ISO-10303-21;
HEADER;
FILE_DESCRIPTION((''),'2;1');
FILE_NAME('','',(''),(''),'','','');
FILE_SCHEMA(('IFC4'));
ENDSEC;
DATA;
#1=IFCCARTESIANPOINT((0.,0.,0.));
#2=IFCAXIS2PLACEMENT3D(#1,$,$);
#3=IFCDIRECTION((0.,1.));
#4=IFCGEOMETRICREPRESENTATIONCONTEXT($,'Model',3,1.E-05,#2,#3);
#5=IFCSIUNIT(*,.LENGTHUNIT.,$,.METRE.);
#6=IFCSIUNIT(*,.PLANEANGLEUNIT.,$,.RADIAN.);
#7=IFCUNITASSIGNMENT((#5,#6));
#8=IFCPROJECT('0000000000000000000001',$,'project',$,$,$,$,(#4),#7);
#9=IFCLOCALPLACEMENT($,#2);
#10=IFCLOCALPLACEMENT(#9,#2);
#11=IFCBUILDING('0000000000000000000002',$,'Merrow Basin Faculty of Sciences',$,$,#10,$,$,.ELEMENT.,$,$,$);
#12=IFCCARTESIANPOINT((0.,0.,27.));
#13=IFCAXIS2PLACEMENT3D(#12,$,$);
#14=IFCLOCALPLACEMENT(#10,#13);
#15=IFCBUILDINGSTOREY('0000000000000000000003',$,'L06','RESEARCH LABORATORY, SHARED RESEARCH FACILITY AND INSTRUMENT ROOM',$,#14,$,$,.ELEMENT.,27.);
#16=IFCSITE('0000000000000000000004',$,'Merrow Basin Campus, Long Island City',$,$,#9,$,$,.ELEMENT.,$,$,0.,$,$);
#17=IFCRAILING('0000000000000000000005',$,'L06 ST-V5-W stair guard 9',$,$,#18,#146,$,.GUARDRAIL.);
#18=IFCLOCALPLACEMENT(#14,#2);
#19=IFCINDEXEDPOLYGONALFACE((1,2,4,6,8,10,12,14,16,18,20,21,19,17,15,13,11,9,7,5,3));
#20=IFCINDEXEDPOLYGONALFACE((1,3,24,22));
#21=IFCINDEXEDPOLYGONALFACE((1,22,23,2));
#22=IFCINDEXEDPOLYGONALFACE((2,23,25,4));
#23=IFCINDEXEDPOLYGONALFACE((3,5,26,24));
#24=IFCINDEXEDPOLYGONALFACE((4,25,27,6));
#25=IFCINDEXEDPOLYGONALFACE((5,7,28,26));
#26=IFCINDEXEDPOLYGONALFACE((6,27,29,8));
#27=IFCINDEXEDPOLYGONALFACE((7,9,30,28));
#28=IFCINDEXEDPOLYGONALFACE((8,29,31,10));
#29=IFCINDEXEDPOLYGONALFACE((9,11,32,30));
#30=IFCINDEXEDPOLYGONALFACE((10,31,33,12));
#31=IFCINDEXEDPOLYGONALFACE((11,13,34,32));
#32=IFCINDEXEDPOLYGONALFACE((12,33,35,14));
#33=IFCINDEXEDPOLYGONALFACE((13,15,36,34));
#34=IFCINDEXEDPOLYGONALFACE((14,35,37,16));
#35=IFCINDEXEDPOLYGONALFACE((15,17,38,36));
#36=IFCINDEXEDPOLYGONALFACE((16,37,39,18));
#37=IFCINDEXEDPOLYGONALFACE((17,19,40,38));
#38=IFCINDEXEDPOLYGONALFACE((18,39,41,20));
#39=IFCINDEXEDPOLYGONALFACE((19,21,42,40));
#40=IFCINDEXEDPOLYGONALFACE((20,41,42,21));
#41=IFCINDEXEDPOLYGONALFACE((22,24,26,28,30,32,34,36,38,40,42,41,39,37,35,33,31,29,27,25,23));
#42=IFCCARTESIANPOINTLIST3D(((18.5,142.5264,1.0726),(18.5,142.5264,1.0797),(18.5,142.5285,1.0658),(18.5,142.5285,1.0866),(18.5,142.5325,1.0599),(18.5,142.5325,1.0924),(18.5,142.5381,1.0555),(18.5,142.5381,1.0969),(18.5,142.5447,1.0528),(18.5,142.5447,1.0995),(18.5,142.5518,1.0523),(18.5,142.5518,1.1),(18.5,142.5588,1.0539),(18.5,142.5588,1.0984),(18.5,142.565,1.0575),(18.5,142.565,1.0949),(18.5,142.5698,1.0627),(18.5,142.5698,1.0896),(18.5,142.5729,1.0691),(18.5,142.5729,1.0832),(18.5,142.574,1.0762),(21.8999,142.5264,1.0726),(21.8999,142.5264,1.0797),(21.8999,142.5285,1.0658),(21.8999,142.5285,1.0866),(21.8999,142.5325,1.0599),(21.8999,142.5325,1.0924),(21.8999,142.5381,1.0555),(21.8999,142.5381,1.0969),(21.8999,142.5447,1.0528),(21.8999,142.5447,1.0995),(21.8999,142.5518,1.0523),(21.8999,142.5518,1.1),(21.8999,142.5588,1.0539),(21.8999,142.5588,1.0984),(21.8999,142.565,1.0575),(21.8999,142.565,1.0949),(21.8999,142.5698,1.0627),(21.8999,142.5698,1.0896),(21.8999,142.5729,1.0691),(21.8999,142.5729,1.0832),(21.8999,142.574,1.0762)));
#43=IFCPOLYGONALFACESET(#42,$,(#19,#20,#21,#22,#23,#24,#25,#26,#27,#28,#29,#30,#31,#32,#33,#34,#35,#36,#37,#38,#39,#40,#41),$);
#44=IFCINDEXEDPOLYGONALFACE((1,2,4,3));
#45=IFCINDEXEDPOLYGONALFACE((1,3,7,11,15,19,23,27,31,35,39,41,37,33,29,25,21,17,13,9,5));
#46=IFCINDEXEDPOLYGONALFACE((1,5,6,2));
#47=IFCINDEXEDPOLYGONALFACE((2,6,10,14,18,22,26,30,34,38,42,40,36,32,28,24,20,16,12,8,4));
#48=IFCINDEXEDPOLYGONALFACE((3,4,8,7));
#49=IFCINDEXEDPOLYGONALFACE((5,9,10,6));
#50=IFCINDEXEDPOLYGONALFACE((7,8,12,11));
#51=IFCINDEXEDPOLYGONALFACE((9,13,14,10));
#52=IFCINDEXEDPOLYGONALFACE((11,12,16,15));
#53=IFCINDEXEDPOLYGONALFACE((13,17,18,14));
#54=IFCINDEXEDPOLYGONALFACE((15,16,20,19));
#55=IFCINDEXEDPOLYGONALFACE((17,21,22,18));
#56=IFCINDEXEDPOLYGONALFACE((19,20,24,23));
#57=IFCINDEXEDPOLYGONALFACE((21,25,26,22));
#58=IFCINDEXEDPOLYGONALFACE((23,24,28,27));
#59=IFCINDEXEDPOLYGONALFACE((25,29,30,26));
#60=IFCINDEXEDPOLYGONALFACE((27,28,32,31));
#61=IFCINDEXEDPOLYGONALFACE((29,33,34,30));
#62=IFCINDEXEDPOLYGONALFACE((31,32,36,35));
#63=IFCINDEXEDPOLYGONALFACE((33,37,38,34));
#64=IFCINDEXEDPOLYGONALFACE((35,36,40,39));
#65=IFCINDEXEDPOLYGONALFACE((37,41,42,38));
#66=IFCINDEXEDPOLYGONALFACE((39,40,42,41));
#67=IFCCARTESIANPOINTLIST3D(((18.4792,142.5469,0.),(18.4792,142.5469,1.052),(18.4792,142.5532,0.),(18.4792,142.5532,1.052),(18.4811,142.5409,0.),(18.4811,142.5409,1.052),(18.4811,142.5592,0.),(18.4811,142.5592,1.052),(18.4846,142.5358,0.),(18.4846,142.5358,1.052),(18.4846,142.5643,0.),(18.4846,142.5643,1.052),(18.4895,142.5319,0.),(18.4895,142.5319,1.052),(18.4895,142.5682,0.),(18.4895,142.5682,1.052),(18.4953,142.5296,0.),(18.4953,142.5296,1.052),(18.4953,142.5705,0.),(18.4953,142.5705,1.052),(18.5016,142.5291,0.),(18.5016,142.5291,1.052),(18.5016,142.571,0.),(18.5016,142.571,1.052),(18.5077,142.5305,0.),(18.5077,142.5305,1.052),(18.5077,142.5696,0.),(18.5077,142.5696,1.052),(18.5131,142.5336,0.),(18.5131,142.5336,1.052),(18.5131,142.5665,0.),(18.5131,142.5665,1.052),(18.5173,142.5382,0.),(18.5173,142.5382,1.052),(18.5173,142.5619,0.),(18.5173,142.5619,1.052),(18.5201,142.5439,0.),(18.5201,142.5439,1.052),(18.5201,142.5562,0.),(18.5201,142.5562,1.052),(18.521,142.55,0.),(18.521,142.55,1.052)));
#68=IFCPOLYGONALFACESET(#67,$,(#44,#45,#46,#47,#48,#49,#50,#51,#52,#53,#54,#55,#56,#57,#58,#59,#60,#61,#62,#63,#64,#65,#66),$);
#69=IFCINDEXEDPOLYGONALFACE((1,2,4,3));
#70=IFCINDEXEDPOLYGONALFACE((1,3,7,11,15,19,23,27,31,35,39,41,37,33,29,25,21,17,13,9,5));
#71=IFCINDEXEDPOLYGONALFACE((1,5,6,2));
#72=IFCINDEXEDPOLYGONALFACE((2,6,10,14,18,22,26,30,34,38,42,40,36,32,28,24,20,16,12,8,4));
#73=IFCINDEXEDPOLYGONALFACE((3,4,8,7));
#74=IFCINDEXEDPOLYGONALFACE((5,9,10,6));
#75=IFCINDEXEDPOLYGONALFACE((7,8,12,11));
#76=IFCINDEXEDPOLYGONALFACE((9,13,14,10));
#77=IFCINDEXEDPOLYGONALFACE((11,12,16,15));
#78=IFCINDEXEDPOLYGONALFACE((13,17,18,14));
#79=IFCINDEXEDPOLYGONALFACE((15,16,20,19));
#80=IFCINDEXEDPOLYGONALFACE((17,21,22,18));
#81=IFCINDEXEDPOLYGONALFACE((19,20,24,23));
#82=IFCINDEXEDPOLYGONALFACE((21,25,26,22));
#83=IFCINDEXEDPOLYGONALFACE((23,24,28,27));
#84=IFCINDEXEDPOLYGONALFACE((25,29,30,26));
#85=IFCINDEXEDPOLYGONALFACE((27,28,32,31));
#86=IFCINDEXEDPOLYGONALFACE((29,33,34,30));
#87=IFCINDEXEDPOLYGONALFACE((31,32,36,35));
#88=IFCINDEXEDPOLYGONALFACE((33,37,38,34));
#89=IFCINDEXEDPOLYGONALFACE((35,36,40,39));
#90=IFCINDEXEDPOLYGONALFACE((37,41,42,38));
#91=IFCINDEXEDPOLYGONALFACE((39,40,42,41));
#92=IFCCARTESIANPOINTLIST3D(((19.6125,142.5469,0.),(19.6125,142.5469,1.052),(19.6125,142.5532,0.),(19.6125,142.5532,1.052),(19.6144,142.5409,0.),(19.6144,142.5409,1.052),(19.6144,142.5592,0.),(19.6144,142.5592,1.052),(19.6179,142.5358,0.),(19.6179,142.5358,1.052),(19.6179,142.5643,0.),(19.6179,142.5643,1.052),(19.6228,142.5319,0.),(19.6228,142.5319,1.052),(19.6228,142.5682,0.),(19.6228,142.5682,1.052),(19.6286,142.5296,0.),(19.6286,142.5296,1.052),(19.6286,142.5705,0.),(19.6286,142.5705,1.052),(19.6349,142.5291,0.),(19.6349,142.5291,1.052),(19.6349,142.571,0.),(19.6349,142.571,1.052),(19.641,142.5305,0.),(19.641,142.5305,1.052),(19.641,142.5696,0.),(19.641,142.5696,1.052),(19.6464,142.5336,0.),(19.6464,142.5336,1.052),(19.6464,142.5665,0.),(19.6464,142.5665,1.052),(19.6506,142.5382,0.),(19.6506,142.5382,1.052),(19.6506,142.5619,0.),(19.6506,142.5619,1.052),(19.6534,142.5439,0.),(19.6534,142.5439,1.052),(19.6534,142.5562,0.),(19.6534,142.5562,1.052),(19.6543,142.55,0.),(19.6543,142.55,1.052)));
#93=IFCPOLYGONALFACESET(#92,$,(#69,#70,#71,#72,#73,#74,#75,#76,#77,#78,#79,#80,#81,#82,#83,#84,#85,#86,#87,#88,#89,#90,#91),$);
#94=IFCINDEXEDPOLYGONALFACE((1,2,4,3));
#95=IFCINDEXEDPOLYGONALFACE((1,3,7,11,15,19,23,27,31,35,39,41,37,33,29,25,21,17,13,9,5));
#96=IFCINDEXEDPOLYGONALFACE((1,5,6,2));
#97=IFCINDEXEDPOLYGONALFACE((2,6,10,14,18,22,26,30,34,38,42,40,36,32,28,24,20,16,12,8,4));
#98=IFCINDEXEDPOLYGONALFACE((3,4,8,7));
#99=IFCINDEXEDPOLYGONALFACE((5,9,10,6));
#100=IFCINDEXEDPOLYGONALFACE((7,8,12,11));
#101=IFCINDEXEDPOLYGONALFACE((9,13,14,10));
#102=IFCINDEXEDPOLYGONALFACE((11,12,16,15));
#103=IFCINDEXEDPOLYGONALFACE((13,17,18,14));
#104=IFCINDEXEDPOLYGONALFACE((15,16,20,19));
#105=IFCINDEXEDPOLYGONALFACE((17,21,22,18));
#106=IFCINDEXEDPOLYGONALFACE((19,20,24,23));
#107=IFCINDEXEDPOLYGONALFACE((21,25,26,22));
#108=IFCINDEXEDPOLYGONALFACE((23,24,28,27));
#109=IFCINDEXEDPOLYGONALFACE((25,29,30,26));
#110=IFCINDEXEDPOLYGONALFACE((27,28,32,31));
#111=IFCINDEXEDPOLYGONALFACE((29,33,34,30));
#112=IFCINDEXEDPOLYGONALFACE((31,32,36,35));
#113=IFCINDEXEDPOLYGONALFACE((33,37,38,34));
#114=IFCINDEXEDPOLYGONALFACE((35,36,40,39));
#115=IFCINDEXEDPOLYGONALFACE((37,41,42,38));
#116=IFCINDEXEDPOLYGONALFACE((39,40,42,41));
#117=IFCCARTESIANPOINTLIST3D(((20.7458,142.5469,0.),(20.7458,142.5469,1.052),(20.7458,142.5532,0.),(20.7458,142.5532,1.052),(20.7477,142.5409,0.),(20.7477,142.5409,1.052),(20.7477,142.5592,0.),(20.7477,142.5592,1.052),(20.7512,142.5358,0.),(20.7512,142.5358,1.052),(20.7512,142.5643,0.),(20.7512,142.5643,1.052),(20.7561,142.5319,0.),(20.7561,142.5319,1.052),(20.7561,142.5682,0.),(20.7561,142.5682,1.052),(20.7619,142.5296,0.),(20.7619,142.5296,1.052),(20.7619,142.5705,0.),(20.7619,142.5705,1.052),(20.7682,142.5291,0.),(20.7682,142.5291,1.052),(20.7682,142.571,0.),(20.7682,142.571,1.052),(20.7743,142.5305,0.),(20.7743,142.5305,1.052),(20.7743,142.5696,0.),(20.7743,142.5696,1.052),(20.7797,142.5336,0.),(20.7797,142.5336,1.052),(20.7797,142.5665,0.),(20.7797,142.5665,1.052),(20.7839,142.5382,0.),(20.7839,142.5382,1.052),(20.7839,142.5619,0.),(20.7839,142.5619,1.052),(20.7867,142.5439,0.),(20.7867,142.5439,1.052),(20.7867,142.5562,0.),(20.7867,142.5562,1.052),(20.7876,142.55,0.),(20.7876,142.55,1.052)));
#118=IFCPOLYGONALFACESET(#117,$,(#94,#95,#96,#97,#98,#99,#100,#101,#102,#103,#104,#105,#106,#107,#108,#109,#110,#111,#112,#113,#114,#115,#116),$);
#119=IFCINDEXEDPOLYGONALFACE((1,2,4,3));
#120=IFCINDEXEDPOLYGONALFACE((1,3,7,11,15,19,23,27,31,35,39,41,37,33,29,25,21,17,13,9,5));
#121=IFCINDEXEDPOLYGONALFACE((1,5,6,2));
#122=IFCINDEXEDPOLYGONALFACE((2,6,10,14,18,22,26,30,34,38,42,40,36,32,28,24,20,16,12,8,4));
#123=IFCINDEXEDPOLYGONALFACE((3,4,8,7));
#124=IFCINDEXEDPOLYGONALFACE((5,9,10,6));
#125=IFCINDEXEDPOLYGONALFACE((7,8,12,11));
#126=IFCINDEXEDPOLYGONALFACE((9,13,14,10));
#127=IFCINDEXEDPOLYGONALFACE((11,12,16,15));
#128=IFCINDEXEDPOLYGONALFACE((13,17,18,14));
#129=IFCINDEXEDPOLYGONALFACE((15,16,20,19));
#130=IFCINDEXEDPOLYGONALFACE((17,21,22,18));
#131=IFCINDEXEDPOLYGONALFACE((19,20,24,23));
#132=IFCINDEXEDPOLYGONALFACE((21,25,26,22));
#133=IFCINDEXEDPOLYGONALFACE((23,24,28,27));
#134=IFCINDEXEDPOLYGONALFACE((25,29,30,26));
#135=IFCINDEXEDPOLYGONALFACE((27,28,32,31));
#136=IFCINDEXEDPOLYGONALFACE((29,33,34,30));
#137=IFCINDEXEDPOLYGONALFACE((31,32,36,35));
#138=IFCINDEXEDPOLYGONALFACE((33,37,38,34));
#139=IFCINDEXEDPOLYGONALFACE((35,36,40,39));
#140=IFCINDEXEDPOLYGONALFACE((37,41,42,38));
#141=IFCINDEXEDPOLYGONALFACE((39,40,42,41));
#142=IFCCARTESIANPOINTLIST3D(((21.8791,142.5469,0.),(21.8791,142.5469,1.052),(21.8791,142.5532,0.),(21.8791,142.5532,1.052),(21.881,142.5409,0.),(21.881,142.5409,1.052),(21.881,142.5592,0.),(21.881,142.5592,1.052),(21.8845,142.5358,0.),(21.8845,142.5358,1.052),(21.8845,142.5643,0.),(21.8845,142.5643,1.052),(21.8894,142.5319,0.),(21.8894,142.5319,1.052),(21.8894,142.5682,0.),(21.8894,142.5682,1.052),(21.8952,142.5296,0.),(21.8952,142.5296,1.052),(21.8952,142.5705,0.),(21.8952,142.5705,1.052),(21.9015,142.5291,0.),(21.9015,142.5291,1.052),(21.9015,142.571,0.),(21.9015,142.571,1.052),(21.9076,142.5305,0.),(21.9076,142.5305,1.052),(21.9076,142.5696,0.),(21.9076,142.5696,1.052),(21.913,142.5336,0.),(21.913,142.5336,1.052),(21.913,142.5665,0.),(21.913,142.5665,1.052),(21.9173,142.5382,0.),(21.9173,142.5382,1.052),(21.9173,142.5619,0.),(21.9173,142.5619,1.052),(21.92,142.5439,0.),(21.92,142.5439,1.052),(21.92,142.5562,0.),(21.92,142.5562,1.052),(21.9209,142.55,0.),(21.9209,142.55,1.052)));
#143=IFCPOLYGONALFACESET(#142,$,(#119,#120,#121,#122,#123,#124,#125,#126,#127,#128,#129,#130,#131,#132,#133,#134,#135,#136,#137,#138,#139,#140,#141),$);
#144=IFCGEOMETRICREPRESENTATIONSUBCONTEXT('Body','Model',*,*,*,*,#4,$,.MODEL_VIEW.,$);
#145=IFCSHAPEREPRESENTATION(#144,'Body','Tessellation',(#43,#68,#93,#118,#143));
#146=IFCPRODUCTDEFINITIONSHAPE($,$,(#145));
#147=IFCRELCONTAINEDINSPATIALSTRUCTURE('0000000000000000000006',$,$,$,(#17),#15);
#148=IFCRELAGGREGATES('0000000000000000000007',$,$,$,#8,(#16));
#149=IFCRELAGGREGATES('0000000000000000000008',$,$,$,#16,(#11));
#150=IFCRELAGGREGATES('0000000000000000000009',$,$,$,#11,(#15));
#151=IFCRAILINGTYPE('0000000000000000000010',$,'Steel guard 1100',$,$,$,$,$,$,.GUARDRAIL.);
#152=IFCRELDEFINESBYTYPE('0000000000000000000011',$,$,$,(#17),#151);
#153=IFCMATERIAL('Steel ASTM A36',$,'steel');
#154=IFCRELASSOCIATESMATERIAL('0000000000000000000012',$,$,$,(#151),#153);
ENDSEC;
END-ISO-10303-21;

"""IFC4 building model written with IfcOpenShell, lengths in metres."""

from ifc_helpers import new_model, si_unit, direction, frame, origin, origin_2d, place, context, subcontext, project, spatial, circle, extrude, material, type_object, element, save


model = new_model("IFC4")

# Units and contexts
model_context = context("Model", 3, precision=1e-05, world=origin(), true_north=direction((0.0, 1.0)))
body_context = subcontext(model_context, "Body", "Model", "MODEL_VIEW")
ifc_project = project(units=[si_unit("LENGTHUNIT", "METRE"), si_unit("PLANEANGLEUNIT", "RADIAN")], contexts=[model_context])

# Site, building, storey
site_placement = place(None, origin())
site = spatial("IfcSite", under=ifc_project, at=site_placement, Name="Merrow Basin Campus, Long Island City", CompositionType="ELEMENT", RefElevation=0.0)
building_placement = place(site_placement, origin())
building = spatial("IfcBuilding", under=site, at=building_placement, Name="Merrow Basin Faculty of Sciences", CompositionType="ELEMENT")
storey_placement = place(building_placement, frame((0.0, 0.0, 27.0)))
storey = spatial("IfcBuildingStorey", under=building, at=storey_placement, Name="L06", Description="RESEARCH LABORATORY, SHARED RESEARCH FACILITY AND INSTRUMENT ROOM", CompositionType="ELEMENT", Elevation=27.0)

# Railing
ifc_material_1 = material(Name="Steel ASTM A36", Category="steel")
railing_type_1 = type_object("IfcRailingType", Name="Steel guard 1100", PredefinedType="GUARDRAIL", material=ifc_material_1)
railing_1_placement = place(storey_placement, frame((18.5, 142.55, 0.0)))
element("IfcRailing", 1, at=railing_1_placement, inside=storey, type_object=railing_type_1, Name="L06 ST-V5-W stair guard 9", PredefinedType="GUARDRAIL", context=body_context, shape_type="SweptSolid", body=[
    extrude(circle(Radius=0.0239, at=origin_2d()), frame((0.0, 0.0, 1.0762), z_axis=(1.0, 0.0, 0.0), x_axis=(0.0, 1.0, 0.0)), (0.0, 0.0, 1.0), 3.3999),
    extrude(circle(Radius=0.021, at=origin_2d()), origin(), (0.0, 0.0, 1.0), 1.052),
    extrude(circle(Radius=0.021, at=origin_2d()), frame((1.1333, 0.0, 0.0)), (0.0, 0.0, 1.0), 1.052),
    extrude(circle(Radius=0.021, at=origin_2d()), frame((2.2666, 0.0, 0.0)), (0.0, 0.0, 1.0), 1.052),
    extrude(circle(Radius=0.021, at=origin_2d()), frame((3.3999, 0.0, 0.0)), (0.0, 0.0, 1.0), 1.052),
])

save(model, "model.ifc")
